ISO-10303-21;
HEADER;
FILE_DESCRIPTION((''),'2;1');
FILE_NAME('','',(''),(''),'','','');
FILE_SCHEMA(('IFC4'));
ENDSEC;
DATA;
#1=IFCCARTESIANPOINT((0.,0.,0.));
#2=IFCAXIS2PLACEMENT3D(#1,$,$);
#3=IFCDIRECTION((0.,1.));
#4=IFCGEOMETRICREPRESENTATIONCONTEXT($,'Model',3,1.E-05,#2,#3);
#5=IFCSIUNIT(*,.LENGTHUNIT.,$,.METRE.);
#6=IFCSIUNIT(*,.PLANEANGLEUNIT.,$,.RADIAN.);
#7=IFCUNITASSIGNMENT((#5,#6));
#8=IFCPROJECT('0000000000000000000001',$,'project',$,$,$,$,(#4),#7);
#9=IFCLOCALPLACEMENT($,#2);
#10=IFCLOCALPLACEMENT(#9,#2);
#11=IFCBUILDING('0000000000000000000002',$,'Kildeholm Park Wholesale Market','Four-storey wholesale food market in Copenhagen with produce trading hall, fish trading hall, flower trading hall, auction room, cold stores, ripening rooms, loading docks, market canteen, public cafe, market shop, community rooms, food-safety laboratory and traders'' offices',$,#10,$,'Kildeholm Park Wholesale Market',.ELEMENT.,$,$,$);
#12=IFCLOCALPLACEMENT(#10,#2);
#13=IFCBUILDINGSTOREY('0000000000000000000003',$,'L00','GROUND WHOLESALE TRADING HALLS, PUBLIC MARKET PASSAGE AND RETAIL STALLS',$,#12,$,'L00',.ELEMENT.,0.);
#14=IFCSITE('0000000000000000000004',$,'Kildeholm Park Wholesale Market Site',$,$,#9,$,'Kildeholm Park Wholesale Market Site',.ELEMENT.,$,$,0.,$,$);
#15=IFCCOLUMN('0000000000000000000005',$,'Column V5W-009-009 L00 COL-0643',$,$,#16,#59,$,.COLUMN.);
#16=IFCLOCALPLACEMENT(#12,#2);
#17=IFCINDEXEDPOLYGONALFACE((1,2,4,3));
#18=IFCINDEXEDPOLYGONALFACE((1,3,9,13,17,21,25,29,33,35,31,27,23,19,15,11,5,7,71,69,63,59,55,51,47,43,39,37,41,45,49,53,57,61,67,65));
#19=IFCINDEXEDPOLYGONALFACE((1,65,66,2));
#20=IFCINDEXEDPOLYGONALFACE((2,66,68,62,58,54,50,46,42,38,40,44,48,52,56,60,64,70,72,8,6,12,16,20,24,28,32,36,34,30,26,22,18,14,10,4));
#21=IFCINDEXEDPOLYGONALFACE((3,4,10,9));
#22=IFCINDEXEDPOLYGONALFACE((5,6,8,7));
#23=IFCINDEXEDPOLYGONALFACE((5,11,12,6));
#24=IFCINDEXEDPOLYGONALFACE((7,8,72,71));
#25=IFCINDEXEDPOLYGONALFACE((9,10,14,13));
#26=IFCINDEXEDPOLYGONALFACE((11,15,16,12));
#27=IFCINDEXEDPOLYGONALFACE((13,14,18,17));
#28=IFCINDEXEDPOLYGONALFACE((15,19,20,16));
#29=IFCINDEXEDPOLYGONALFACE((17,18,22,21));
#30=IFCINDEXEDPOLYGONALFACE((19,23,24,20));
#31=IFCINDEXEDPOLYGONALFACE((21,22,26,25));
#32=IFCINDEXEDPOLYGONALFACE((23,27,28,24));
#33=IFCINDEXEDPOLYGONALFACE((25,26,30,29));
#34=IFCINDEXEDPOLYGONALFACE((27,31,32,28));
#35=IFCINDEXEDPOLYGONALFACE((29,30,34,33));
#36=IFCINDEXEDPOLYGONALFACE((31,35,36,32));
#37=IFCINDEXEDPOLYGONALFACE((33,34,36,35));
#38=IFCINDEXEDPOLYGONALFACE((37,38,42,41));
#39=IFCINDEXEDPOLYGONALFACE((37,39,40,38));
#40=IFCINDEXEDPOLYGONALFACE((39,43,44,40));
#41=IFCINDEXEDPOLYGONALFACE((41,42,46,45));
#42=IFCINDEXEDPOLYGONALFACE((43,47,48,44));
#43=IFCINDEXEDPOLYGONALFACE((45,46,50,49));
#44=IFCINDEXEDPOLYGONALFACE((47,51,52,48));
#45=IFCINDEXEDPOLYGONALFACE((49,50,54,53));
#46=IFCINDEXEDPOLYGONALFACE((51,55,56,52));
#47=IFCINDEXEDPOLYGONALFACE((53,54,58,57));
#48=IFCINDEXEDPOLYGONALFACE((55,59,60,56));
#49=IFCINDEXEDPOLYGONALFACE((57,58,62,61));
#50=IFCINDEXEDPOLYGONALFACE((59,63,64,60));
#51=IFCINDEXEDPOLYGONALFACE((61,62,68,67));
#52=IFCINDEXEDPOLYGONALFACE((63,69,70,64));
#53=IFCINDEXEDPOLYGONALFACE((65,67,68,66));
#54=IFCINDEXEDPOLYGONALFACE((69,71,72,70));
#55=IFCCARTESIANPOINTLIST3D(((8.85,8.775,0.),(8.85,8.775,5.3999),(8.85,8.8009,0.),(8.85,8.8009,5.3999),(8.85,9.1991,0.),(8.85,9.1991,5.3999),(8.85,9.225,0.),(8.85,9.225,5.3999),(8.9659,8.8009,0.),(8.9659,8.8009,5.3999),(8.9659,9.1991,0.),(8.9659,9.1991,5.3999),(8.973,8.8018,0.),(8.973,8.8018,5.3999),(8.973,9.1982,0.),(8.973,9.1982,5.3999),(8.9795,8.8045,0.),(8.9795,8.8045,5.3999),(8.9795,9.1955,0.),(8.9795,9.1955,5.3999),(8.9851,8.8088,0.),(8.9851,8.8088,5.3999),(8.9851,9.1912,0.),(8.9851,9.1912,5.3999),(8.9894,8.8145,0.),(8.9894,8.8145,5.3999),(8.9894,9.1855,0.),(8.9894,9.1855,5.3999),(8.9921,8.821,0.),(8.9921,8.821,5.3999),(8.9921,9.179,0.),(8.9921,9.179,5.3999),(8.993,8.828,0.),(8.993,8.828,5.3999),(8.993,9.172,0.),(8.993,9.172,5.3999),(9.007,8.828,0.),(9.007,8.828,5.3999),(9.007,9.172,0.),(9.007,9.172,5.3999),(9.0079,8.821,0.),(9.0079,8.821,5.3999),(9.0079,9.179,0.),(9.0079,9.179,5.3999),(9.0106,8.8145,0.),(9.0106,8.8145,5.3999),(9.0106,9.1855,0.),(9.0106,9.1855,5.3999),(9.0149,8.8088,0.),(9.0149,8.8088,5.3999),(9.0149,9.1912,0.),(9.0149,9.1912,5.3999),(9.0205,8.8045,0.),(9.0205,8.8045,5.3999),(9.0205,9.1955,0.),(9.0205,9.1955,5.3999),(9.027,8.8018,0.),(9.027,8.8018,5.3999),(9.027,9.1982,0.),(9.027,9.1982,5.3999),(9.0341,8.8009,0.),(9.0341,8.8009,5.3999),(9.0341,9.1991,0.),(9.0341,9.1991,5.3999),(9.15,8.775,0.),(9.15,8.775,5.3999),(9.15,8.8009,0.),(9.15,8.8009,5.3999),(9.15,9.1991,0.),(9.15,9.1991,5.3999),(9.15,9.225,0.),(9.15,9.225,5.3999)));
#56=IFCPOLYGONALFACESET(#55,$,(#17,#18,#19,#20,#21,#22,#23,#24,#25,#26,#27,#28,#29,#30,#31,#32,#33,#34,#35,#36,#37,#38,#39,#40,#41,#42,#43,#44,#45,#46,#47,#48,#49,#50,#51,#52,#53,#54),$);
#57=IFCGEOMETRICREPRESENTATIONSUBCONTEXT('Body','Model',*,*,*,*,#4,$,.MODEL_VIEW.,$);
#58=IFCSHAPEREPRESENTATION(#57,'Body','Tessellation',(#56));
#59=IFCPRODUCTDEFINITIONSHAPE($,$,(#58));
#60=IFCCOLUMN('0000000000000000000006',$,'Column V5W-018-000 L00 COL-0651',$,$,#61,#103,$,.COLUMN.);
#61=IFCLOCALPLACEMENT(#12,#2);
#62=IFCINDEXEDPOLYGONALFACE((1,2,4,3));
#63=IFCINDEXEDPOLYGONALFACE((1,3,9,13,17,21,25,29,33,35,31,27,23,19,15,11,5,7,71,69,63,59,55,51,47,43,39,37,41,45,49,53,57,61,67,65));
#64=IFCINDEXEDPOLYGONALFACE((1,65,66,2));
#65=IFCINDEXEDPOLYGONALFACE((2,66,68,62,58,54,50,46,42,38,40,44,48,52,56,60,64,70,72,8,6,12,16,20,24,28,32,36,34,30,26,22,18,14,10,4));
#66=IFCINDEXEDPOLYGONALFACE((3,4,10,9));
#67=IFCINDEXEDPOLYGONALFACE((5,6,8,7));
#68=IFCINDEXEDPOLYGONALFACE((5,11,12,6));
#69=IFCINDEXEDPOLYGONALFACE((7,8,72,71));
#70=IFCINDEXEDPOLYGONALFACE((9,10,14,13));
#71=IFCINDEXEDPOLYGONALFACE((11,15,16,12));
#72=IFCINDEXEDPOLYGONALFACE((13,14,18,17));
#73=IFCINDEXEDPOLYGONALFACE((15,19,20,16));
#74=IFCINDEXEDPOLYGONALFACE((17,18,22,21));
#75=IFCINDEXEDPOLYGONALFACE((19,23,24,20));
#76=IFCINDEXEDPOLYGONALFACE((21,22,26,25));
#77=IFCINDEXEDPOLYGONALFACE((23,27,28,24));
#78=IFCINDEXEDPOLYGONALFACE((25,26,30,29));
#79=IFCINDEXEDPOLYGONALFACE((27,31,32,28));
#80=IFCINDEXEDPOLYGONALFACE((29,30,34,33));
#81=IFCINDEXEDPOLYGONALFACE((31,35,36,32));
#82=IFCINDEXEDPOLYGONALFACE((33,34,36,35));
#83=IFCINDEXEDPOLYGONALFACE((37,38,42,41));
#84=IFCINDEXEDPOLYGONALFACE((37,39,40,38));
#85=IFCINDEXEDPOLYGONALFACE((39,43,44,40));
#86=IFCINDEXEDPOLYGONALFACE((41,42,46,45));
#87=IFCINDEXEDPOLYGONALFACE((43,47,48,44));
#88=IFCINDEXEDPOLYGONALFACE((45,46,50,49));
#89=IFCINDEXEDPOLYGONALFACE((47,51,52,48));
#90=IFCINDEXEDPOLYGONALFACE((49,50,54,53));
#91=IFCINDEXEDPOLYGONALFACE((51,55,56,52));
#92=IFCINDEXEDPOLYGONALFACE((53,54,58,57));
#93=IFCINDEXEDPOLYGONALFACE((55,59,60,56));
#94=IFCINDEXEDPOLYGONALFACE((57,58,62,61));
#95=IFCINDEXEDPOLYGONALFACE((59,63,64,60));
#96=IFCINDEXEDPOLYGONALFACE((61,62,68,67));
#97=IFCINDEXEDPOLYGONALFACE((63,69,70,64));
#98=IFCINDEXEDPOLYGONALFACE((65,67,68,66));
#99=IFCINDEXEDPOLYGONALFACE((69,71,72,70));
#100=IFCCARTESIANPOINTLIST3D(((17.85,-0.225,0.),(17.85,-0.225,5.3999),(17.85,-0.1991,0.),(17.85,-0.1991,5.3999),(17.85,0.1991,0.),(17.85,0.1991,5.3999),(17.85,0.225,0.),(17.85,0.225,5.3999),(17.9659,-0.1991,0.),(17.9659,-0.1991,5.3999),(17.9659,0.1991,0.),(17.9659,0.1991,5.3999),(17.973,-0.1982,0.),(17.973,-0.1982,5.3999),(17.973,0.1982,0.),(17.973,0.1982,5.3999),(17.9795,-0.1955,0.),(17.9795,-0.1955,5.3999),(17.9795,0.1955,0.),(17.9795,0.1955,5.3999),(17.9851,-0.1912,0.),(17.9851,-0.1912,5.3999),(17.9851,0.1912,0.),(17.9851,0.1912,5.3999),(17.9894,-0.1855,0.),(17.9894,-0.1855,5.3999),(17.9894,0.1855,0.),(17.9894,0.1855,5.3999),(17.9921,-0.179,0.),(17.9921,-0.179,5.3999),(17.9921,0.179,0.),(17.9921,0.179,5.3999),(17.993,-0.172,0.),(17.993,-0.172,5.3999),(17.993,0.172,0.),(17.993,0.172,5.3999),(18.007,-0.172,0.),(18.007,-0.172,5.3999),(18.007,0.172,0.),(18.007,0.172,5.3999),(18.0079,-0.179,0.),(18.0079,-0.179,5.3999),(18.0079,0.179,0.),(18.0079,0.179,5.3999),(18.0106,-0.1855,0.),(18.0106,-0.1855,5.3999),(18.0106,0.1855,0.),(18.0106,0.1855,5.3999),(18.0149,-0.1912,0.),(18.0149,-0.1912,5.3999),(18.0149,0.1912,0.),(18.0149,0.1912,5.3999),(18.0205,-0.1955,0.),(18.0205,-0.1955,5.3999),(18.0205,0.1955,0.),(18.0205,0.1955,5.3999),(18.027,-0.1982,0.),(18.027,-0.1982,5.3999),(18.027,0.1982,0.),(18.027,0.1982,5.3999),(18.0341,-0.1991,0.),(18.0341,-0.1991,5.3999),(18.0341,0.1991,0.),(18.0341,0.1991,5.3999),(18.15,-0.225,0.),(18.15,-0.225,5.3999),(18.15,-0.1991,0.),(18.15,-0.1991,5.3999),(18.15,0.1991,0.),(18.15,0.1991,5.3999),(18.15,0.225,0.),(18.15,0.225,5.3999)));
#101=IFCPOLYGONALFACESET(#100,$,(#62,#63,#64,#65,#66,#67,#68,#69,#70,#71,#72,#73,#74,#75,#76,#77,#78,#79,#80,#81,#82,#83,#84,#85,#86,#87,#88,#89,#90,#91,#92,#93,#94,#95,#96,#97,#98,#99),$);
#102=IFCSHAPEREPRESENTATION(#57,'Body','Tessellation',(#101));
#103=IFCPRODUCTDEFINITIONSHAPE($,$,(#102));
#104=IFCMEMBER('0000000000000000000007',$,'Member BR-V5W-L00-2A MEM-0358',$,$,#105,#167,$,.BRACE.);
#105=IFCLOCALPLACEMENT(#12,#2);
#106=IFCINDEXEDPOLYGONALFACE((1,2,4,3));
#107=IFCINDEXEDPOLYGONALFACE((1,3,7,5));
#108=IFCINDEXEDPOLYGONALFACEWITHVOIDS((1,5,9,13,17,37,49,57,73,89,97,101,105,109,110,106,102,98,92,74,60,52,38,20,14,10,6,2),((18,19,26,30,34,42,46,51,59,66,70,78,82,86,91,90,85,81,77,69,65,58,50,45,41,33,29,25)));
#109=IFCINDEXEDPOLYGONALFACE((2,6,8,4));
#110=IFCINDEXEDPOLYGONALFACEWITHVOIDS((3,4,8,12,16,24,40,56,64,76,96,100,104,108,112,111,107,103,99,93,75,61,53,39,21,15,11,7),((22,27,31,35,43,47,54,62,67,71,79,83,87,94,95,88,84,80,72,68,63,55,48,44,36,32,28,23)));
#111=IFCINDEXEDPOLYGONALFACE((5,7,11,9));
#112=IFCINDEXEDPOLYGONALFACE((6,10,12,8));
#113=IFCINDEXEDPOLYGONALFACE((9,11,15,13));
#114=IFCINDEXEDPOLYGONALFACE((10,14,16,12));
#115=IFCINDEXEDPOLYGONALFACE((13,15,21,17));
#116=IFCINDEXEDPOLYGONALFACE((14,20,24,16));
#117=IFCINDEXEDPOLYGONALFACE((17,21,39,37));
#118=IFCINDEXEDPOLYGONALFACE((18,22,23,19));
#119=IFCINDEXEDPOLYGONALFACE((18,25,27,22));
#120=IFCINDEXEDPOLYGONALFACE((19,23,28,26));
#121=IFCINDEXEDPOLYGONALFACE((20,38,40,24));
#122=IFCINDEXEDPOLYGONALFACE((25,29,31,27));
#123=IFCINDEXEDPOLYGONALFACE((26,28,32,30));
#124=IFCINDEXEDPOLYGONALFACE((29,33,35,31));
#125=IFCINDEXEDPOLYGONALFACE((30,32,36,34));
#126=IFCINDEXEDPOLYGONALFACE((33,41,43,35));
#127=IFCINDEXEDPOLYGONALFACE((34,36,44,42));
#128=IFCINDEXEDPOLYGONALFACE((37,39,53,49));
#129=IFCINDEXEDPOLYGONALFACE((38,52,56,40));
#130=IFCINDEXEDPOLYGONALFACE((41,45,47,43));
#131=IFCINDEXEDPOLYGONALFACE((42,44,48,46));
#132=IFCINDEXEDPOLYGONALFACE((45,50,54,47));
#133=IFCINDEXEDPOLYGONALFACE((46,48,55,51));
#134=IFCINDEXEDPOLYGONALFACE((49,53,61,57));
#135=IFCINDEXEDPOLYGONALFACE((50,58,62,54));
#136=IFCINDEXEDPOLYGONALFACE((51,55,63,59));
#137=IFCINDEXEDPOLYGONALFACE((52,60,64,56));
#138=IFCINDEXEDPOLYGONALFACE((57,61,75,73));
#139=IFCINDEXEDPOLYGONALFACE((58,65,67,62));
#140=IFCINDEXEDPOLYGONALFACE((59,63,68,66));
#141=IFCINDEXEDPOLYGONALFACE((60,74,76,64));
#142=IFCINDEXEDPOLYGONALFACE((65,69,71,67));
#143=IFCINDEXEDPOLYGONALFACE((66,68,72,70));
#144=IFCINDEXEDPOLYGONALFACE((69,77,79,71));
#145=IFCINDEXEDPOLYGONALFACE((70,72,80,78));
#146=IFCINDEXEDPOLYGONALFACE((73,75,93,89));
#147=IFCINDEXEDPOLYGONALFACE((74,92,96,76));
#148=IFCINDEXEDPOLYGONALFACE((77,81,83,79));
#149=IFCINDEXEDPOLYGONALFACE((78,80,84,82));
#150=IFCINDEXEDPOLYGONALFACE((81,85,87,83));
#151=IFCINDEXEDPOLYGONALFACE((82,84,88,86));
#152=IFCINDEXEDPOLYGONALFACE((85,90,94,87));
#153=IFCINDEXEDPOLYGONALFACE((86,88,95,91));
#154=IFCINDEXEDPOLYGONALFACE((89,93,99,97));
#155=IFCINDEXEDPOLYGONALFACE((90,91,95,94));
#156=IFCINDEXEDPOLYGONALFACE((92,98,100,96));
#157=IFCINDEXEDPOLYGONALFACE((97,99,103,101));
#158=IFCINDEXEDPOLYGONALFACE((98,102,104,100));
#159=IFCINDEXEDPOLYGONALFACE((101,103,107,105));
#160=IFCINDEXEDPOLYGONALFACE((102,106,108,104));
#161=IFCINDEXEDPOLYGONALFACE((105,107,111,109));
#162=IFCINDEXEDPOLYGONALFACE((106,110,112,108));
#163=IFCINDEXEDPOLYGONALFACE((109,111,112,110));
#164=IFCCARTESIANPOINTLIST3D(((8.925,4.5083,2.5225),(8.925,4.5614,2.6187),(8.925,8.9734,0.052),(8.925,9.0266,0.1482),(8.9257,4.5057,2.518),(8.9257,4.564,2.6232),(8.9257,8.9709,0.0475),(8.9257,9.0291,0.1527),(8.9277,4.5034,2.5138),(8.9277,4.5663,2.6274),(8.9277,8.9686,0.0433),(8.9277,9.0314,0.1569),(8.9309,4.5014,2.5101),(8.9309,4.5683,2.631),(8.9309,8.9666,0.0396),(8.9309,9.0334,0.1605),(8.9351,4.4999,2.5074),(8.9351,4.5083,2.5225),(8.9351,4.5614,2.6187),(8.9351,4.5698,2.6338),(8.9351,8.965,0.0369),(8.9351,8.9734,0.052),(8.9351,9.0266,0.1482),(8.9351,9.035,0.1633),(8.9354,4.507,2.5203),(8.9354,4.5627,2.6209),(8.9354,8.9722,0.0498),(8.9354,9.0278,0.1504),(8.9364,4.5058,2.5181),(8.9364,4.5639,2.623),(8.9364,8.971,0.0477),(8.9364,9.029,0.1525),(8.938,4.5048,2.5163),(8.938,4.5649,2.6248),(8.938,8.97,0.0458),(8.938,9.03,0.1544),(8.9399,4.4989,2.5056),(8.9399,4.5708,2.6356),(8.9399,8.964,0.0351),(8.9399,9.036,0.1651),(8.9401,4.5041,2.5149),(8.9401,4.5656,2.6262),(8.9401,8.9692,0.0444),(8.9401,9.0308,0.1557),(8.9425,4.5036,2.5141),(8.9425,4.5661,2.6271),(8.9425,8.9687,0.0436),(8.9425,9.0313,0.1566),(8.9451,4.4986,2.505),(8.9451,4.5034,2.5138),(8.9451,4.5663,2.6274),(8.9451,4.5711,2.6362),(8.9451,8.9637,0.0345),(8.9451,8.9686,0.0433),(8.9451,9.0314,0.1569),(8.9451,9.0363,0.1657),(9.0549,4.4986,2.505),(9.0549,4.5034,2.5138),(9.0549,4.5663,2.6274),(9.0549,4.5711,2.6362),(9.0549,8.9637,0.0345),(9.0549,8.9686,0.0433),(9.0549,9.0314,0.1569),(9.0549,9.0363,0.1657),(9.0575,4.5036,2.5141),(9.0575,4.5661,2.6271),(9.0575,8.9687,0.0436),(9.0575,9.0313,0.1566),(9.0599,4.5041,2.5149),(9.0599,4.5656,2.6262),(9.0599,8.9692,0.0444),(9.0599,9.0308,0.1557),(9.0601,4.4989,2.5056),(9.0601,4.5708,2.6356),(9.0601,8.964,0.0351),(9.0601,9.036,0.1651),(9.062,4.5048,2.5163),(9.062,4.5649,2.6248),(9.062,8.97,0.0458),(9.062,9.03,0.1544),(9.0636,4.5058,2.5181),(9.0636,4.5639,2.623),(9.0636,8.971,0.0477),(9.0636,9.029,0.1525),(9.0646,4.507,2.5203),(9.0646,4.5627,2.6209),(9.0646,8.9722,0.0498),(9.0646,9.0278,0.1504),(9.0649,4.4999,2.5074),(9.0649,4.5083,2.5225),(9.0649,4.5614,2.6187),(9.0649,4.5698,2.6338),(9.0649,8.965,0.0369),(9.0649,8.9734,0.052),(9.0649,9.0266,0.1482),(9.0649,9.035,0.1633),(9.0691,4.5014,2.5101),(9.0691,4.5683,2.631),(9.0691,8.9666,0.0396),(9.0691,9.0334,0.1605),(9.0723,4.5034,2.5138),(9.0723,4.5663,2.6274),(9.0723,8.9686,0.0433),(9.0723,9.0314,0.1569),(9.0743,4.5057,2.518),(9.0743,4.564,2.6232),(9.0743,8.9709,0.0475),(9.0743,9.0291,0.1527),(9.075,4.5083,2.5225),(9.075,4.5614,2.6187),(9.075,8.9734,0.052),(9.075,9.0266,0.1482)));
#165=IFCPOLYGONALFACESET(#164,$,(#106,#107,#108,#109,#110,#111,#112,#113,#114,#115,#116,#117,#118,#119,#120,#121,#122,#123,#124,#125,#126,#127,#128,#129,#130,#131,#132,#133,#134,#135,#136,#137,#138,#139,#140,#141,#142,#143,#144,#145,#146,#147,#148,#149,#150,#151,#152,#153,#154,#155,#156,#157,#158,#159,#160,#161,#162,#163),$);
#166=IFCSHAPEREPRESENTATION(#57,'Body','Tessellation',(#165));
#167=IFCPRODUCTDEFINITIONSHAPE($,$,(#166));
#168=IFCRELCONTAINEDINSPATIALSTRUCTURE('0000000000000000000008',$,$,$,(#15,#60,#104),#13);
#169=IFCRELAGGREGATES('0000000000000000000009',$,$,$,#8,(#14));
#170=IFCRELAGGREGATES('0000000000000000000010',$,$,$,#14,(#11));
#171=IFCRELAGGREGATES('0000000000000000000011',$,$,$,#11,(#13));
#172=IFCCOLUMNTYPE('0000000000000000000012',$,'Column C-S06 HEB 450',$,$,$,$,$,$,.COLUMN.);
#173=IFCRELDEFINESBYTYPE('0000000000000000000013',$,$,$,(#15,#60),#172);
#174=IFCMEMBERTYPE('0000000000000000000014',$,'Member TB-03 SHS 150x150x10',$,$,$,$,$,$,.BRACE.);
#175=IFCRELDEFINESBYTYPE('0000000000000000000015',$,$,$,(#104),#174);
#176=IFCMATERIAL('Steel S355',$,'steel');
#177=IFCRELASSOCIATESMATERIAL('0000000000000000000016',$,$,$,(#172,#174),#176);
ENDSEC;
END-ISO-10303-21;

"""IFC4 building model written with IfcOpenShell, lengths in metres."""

from ifc_helpers import new_model, si_unit, direction, frame, origin, origin_2d, place, context, subcontext, project, spatial, hollow_rectangle, i_section, extrude, material, material_profile, profile_set, type_object, element, save


model = new_model("IFC4")

# Units and contexts
model_context = context("Model", 3, precision=1e-05, world=origin(), true_north=direction((0.0, 1.0)))
body_context = subcontext(model_context, "Body", "Model", "MODEL_VIEW")
ifc_project = project(units=[si_unit("LENGTHUNIT", "METRE"), si_unit("PLANEANGLEUNIT", "RADIAN")], contexts=[model_context])

# Site, building, storey
site_placement = place(None, origin())
site = spatial("IfcSite", under=ifc_project, at=site_placement, Name="Kildeholm Park Wholesale Market Site", LongName="Kildeholm Park Wholesale Market Site", CompositionType="ELEMENT", RefElevation=0.0)
building_placement = place(site_placement, origin())
building = spatial("IfcBuilding", under=site, at=building_placement, Name="Kildeholm Park Wholesale Market", Description="Four-storey wholesale food market in Copenhagen with produce trading hall, fish trading hall, flower trading hall, auction room, cold stores, ripening rooms, loading docks, market canteen, public cafe, market shop, community rooms, food-safety laboratory and traders' offices", LongName="Kildeholm Park Wholesale Market", CompositionType="ELEMENT")
storey_placement = place(building_placement, origin())
storey = spatial("IfcBuildingStorey", under=building, at=storey_placement, Name="L00", Description="GROUND WHOLESALE TRADING HALLS, PUBLIC MARKET PASSAGE AND RETAIL STALLS", LongName="L00", CompositionType="ELEMENT", Elevation=0.0)

# Columns
ifc_material_1 = material(Name="Steel S355", Category="steel")
ifc_material_profile_1 = material_profile(ifc_material_1, i_section(OverallWidth=0.3, OverallDepth=0.45, WebThickness=0.0139, FlangeThickness=0.0259, FilletRadius=0.0271, at=origin_2d()), Name="HEB 450")
ifc_profile_set_1 = profile_set([ifc_material_profile_1], Name="Steel S355")
column_type = type_object("IfcColumnType", Name="Column C-S06 HEB 450", PredefinedType="COLUMN", material=ifc_profile_set_1)
for number, where, z_axis, x_axis, name in (
    (1, (9.0, 9.0, 0.0), (0.0, 0.0, 1.0), (1.0, 0.0, 0.0), "Column V5W-009-009 L00 COL-0643"),
    (2, (18.0, 0.0, 0.0), (0.0, 0.0, 1.0), (1.0, 0.0, 0.0), "Column V5W-018-000 L00 COL-0651"),
):
    element("IfcColumn", number, at=place(storey_placement, frame(where, z_axis=z_axis, x_axis=x_axis)), inside=storey, type_object=column_type, Name=name, PredefinedType="COLUMN", context=body_context, shape_type="SweptSolid", body=[
        extrude(i_section(OverallWidth=0.3, OverallDepth=0.45, WebThickness=0.0139, FlangeThickness=0.0259, FilletRadius=0.0271, at=origin_2d()), origin(), (0.0, 0.0, 1.0), 5.3999),
    ])

# Member
ifc_material_profile_2 = material_profile(ifc_material_1, hollow_rectangle(XDim=0.1499, YDim=0.1499, WallThickness=0.01, InnerFilletRadius=0.01, OuterFilletRadius=0.02, at=origin_2d()), Name="SHS 150x150x10")
ifc_profile_set_2 = profile_set([ifc_material_profile_2], Name="Steel S355")
member_type = type_object("IfcMemberType", Name="Member TB-03 SHS 150x150x10", PredefinedType="BRACE", material=ifc_profile_set_2)
for number, where, z_axis, x_axis, name in (
    (3, (9.0, 9.0, 0.1001), (0.0, -0.875, 0.484123), (1.0, 0.0, 0.0), "Member BR-V5W-L00-2A MEM-0358"),
):
    element("IfcMember", number, at=place(storey_placement, frame(where, z_axis=z_axis, x_axis=x_axis)), inside=storey, type_object=member_type, Name=name, PredefinedType="BRACE", context=body_context, shape_type="SweptSolid", body=[
        extrude(hollow_rectangle(XDim=0.1499, YDim=0.1499, WallThickness=0.01, InnerFilletRadius=0.01, OuterFilletRadius=0.02, at=origin_2d()), origin(), (0.0, 0.0, 1.0), 5.103),
    ])

save(model, "model.ifc")
